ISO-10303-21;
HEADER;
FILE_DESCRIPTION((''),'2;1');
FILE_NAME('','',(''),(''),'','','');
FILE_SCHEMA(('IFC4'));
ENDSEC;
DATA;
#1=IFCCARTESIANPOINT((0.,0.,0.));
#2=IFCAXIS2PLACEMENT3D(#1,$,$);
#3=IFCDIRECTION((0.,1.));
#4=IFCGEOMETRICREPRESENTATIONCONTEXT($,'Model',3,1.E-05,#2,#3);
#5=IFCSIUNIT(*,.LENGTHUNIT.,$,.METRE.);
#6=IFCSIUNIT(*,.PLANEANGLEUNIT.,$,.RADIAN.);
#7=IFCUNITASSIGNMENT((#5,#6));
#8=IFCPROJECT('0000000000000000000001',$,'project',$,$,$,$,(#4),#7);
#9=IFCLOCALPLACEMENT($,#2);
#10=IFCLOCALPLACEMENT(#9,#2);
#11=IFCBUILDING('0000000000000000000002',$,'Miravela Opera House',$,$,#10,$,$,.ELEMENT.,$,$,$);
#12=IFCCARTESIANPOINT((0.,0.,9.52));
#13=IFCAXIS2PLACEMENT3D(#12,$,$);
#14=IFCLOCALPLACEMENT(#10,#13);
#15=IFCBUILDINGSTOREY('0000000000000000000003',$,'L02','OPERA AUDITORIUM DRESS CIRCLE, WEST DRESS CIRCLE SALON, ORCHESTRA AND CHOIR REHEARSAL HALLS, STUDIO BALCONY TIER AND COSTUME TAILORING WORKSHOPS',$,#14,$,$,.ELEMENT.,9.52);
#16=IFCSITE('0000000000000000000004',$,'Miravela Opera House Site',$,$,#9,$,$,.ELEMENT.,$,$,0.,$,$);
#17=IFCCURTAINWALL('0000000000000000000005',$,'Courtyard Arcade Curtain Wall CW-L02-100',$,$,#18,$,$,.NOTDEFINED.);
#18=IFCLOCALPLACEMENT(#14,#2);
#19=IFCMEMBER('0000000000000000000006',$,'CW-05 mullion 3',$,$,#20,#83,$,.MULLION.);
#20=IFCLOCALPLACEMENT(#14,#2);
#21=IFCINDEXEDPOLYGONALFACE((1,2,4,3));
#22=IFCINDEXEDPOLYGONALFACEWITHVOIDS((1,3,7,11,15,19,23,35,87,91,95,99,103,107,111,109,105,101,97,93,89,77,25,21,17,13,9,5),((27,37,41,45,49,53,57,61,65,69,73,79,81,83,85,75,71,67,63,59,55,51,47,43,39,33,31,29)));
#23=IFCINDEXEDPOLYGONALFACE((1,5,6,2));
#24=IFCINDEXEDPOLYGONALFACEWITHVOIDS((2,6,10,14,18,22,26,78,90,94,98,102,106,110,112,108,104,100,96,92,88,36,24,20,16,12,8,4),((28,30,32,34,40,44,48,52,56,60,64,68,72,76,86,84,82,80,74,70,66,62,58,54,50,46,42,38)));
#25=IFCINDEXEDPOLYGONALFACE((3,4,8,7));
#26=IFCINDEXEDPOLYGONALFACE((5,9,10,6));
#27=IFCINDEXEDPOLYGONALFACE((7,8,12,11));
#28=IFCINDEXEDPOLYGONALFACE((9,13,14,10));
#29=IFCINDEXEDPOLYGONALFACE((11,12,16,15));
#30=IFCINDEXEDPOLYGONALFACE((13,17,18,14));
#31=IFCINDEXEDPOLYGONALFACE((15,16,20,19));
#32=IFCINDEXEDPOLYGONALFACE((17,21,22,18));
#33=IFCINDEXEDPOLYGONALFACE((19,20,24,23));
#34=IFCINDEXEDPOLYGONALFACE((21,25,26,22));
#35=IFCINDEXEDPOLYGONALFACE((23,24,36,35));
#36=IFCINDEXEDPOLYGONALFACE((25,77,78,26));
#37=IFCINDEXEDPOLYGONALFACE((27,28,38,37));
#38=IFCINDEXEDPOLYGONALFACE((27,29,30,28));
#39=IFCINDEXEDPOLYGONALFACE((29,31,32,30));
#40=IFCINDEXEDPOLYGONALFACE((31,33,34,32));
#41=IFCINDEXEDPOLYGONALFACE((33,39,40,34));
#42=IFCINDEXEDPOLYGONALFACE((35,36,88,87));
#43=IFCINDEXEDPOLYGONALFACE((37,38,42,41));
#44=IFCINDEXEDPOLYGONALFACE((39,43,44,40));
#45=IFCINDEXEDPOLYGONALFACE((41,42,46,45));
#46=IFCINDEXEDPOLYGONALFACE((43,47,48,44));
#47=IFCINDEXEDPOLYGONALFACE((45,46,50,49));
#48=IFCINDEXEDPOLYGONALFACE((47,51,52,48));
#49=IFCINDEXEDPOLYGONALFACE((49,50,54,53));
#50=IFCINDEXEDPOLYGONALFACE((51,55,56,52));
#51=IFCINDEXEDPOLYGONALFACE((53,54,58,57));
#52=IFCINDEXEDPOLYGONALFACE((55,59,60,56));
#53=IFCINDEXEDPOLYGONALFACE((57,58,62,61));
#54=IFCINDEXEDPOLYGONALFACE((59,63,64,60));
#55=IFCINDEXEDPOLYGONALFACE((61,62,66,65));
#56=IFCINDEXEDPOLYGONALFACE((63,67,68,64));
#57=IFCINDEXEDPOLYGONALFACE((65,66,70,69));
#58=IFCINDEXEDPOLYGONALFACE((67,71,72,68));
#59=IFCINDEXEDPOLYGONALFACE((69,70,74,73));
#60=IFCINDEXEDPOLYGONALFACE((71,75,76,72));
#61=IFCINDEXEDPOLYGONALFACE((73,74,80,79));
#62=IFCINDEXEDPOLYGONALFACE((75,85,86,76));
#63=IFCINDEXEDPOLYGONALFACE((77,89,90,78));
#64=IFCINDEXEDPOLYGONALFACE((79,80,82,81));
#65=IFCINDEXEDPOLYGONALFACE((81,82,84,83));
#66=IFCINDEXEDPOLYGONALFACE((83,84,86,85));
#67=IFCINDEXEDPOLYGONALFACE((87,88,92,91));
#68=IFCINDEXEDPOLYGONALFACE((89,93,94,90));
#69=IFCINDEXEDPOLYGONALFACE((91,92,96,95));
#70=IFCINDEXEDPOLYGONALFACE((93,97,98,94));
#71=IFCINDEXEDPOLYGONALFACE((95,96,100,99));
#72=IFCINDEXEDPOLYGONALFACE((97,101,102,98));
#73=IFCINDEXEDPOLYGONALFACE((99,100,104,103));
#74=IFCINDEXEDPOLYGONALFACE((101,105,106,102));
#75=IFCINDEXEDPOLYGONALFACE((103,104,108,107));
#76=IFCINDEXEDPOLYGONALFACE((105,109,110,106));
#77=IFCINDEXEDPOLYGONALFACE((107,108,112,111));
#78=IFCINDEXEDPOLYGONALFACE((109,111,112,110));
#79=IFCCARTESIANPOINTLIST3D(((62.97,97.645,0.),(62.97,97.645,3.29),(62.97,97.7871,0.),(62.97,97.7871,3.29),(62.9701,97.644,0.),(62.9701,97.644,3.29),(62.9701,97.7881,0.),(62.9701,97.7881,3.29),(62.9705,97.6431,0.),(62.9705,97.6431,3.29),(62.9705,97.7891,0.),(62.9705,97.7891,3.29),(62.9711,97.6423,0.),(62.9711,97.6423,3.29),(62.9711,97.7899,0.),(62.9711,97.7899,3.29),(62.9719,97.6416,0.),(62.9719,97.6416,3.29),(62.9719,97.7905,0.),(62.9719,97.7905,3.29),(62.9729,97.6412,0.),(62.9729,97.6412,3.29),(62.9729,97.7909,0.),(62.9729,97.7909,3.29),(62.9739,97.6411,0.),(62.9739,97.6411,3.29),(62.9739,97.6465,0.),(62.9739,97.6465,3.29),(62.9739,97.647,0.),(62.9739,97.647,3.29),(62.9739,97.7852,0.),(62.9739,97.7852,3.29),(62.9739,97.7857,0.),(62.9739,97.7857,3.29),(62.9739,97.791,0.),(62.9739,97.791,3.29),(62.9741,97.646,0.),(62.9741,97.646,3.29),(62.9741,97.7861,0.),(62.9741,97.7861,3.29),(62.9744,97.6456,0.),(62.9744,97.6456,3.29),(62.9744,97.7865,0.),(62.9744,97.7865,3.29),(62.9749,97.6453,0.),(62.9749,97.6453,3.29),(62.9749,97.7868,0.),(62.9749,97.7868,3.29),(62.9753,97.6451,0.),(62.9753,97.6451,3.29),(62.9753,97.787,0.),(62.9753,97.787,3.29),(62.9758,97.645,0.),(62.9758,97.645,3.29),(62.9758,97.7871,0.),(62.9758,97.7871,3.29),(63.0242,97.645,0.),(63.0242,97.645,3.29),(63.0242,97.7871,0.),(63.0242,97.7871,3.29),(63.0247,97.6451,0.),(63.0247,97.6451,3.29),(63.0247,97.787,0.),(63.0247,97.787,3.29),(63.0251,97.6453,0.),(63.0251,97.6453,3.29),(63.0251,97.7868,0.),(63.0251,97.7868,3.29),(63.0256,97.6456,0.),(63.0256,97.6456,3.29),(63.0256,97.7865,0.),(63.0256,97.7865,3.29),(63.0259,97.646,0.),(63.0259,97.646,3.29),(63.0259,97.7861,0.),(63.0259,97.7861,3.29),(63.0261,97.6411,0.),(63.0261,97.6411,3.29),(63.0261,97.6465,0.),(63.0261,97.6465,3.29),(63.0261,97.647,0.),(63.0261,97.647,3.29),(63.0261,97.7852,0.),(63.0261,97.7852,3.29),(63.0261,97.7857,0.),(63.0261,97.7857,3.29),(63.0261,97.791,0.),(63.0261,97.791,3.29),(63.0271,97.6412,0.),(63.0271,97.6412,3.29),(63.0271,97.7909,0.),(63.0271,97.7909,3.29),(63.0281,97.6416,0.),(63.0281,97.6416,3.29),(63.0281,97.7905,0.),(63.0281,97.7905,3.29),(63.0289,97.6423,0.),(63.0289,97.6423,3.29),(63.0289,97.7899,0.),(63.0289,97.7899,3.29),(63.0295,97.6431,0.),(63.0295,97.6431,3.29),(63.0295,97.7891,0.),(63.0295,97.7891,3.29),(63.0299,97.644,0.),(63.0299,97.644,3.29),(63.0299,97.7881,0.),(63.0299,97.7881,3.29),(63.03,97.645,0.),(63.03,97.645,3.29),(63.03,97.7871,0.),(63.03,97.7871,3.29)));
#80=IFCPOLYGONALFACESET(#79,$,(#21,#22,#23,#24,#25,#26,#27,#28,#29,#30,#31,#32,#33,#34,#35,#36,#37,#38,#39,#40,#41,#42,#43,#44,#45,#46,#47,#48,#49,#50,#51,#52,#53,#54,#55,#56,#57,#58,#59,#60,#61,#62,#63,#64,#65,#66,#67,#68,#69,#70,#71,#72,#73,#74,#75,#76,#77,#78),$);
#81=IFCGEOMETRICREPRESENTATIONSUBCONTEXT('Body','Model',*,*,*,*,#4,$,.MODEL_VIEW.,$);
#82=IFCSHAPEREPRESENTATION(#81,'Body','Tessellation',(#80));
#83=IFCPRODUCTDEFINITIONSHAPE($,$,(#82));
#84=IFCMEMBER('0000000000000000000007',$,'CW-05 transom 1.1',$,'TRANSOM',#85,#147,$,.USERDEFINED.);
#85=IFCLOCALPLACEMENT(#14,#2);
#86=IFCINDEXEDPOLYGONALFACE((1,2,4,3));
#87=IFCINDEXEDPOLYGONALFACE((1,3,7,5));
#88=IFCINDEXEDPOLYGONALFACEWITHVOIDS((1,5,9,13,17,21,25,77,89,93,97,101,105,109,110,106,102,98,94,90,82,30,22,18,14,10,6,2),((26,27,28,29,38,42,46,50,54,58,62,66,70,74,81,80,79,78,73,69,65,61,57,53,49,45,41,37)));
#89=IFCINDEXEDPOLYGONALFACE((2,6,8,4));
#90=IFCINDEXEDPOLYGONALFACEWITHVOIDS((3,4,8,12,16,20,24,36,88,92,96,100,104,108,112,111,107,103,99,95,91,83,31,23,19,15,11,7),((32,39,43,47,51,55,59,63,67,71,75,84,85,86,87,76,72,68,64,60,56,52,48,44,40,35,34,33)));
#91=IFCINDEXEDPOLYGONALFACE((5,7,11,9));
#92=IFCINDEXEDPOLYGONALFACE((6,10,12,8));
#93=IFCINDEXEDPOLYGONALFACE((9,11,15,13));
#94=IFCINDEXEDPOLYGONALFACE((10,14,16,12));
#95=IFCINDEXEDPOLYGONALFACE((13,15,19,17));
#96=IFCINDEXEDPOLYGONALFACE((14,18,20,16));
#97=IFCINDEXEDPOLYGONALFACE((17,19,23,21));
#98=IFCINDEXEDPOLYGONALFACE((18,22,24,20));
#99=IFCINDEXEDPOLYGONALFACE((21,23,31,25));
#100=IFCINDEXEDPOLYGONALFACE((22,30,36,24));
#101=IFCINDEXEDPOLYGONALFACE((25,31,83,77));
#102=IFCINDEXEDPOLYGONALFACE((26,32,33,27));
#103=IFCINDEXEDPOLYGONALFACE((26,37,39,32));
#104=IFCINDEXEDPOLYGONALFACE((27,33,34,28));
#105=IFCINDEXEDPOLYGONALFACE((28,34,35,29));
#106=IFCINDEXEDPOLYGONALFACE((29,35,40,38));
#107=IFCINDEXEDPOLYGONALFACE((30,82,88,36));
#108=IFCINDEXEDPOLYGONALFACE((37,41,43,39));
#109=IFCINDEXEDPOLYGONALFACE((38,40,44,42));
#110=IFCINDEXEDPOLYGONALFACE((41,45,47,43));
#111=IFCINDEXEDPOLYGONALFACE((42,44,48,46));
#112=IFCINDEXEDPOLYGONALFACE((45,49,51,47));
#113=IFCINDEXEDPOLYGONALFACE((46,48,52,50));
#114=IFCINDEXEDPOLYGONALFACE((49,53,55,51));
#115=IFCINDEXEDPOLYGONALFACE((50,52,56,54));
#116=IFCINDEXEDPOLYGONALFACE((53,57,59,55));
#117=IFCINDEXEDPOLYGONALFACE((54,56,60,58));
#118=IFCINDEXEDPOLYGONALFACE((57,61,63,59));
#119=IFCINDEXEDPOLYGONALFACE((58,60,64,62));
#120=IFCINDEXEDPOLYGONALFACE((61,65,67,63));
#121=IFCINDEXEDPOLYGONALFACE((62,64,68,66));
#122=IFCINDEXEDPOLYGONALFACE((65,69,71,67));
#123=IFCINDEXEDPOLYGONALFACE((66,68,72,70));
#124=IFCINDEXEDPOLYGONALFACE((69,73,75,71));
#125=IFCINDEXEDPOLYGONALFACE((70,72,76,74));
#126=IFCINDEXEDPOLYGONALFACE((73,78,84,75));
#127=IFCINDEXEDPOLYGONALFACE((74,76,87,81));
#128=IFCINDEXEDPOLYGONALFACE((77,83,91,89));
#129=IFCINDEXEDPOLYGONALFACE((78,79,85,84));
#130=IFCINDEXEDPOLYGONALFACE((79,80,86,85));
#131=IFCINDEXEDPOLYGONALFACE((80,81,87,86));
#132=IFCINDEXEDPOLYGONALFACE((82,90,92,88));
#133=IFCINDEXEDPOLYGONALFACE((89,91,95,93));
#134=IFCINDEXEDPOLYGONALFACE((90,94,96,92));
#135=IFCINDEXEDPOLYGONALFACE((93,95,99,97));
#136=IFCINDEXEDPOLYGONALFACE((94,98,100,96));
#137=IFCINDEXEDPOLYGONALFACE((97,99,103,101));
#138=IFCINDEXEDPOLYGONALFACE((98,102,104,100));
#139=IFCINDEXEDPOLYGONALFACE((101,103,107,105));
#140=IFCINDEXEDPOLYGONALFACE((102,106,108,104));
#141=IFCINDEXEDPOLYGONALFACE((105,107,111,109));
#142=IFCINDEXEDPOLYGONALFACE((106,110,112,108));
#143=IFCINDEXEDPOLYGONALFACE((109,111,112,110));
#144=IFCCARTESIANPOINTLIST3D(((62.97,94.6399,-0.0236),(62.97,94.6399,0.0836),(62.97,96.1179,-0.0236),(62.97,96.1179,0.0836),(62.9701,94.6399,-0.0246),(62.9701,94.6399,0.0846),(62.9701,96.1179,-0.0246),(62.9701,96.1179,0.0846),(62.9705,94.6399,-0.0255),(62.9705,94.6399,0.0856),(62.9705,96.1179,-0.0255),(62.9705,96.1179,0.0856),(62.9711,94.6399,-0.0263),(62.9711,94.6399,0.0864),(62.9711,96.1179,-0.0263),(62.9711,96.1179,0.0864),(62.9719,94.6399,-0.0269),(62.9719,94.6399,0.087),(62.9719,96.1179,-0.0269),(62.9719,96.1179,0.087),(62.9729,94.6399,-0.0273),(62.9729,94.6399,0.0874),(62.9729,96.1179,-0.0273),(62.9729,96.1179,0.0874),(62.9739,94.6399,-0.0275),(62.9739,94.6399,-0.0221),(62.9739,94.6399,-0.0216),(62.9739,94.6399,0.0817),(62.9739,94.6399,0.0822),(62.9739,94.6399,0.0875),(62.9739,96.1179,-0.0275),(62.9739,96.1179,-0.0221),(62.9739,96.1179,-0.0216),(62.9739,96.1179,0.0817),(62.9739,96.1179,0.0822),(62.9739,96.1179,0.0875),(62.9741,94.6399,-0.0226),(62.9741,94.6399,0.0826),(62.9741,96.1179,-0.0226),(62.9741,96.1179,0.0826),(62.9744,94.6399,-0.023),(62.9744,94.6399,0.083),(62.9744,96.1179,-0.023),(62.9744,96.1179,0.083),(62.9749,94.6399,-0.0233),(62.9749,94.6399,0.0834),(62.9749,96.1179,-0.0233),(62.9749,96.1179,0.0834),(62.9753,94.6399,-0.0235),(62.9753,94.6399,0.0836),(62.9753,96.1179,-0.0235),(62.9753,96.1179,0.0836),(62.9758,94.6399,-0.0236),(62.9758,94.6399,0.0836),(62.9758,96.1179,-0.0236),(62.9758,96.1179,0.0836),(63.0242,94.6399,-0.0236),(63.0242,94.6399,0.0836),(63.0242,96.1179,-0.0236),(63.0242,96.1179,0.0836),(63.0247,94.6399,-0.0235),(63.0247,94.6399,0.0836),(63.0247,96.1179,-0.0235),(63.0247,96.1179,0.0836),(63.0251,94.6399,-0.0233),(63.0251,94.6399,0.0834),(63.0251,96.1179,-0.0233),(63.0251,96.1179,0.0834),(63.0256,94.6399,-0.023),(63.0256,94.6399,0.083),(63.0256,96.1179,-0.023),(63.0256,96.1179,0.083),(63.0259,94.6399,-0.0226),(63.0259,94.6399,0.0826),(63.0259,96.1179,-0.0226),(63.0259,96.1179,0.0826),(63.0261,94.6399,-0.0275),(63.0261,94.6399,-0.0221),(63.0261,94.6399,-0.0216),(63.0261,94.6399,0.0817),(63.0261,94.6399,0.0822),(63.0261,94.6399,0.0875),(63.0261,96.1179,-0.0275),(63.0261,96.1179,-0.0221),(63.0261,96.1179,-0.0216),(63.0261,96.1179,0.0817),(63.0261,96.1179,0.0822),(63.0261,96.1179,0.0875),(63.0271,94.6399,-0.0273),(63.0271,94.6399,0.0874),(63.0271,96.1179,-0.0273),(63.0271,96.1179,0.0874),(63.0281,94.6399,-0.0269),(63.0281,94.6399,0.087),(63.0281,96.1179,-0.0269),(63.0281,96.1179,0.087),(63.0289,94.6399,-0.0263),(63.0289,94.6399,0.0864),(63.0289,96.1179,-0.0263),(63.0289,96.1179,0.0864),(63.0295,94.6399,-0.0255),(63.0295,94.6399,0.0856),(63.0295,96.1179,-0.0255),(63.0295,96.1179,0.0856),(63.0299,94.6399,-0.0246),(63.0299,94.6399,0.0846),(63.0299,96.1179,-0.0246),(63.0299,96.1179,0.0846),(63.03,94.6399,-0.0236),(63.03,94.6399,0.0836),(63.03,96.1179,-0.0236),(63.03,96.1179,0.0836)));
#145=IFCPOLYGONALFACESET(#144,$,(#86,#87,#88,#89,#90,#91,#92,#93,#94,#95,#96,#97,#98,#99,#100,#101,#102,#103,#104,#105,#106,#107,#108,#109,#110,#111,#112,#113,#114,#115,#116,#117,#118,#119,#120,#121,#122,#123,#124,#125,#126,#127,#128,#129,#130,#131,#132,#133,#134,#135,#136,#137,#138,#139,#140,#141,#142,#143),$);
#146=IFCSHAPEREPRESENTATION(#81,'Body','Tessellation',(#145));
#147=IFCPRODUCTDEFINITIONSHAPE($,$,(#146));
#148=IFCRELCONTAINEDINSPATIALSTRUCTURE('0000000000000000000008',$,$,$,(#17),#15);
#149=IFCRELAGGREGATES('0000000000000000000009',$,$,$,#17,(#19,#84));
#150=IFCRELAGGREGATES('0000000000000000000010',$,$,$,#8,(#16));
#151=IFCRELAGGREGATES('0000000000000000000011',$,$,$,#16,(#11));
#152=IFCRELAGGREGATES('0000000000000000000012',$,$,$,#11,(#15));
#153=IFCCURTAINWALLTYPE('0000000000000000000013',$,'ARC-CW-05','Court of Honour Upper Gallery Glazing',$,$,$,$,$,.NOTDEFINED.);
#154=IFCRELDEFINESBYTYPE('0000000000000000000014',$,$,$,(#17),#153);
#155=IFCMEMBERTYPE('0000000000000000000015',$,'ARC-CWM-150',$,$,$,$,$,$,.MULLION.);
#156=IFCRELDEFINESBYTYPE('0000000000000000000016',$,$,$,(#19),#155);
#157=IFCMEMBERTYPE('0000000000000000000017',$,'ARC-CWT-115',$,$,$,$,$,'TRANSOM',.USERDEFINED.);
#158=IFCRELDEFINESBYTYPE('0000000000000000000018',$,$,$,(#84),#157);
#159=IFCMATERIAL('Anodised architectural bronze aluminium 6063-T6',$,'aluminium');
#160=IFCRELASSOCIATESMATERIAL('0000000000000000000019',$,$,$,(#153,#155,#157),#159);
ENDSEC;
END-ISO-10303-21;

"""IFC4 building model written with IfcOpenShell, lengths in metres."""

from ifc_helpers import new_model, si_unit, direction, frame, origin, origin_2d, place, context, subcontext, project, spatial, hollow_rectangle, extrude, material, material_profile, profile_set, type_object, element, aggregate, save


model = new_model("IFC4")

# Units and contexts
model_context = context("Model", 3, precision=1e-05, world=origin(), true_north=direction((0.0, 1.0)))
body_context = subcontext(model_context, "Body", "Model", "MODEL_VIEW")
ifc_project = project(units=[si_unit("LENGTHUNIT", "METRE"), si_unit("PLANEANGLEUNIT", "RADIAN")], contexts=[model_context])

# Site, building, storey
site_placement = place(None, origin())
site = spatial("IfcSite", under=ifc_project, at=site_placement, Name="Miravela Opera House Site", CompositionType="ELEMENT", RefElevation=0.0)
building_placement = place(site_placement, origin())
building = spatial("IfcBuilding", under=site, at=building_placement, Name="Miravela Opera House", CompositionType="ELEMENT")
storey_placement = place(building_placement, frame((0.0, 0.0, 9.52)))
storey = spatial("IfcBuildingStorey", under=building, at=storey_placement, Name="L02", Description="OPERA AUDITORIUM DRESS CIRCLE, WEST DRESS CIRCLE SALON, ORCHESTRA AND CHOIR REHEARSAL HALLS, STUDIO BALCONY TIER AND COSTUME TAILORING WORKSHOPS", CompositionType="ELEMENT", Elevation=9.52)

# Curtain wall, members
ifc_material_1 = material(Name="Anodised architectural bronze aluminium 6063-T6", Category="aluminium")
curtain_wall_type = type_object("IfcCurtainWallType", Name="ARC-CW-05", Description="Court of Honour Upper Gallery Glazing", PredefinedType="NOTDEFINED", material=ifc_material_1)
curtain_wall_placement = place(storey_placement, origin())
curtain_wall = element("IfcCurtainWall", 1, at=curtain_wall_placement, inside=storey, type_object=curtain_wall_type, Name="Courtyard Arcade Curtain Wall CW-L02-100", PredefinedType="NOTDEFINED")
ifc_material_profile_1 = material_profile(ifc_material_1, hollow_rectangle(XDim=0.0601, YDim=0.1499, WallThickness=0.0039, InnerFilletRadius=0.002, OuterFilletRadius=0.0039, at=origin_2d()), Name="CWM-60X150")
ifc_profile_set_1 = profile_set([ifc_material_profile_1])
member_type_1 = type_object("IfcMemberType", Name="ARC-CWM-150", PredefinedType="MULLION", material=ifc_profile_set_1)
member_1_placement = place(storey_placement, frame((63.0, 97.7161, 0.0), z_axis=(0.0, 0.0, 1.0), x_axis=(-1.0, 0.0, 0.0)))
member_1 = element("IfcMember", 2, at=member_1_placement, type_object=member_type_1, Name="CW-05 mullion 3", PredefinedType="MULLION", context=body_context, shape_type="SweptSolid", body=[
    extrude(hollow_rectangle(XDim=0.0601, YDim=0.1499, WallThickness=0.0039, InnerFilletRadius=0.002, OuterFilletRadius=0.0039, at=origin_2d()), origin(), (0.0, 0.0, 1.0), 3.29),
])
ifc_material_profile_2 = material_profile(ifc_material_1, hollow_rectangle(XDim=0.0601, YDim=0.115, WallThickness=0.0039, InnerFilletRadius=0.002, OuterFilletRadius=0.0039, at=origin_2d()), Name="CWT-60X115")
ifc_profile_set_2 = profile_set([ifc_material_profile_2])
member_type_2 = type_object("IfcMemberType", Name="ARC-CWT-115", ElementType="TRANSOM", PredefinedType="USERDEFINED", material=ifc_profile_set_2)
member_2_placement = place(storey_placement, frame((63.0, 94.6399, 0.03), z_axis=(0.0, 1.0, 0.0), x_axis=(-1.0, 0.0, 0.0)))
member_2 = element("IfcMember", 3, at=member_2_placement, type_object=member_type_2, Name="CW-05 transom 1.1", ObjectType="TRANSOM", PredefinedType="USERDEFINED", context=body_context, shape_type="SweptSolid", body=[
    extrude(hollow_rectangle(XDim=0.0601, YDim=0.115, WallThickness=0.0039, InnerFilletRadius=0.002, OuterFilletRadius=0.0039, at=origin_2d()), origin(), (0.0, 0.0, 1.0), 1.478),
])

aggregate(curtain_wall, [member_1, member_2])

save(model, "model.ifc")
